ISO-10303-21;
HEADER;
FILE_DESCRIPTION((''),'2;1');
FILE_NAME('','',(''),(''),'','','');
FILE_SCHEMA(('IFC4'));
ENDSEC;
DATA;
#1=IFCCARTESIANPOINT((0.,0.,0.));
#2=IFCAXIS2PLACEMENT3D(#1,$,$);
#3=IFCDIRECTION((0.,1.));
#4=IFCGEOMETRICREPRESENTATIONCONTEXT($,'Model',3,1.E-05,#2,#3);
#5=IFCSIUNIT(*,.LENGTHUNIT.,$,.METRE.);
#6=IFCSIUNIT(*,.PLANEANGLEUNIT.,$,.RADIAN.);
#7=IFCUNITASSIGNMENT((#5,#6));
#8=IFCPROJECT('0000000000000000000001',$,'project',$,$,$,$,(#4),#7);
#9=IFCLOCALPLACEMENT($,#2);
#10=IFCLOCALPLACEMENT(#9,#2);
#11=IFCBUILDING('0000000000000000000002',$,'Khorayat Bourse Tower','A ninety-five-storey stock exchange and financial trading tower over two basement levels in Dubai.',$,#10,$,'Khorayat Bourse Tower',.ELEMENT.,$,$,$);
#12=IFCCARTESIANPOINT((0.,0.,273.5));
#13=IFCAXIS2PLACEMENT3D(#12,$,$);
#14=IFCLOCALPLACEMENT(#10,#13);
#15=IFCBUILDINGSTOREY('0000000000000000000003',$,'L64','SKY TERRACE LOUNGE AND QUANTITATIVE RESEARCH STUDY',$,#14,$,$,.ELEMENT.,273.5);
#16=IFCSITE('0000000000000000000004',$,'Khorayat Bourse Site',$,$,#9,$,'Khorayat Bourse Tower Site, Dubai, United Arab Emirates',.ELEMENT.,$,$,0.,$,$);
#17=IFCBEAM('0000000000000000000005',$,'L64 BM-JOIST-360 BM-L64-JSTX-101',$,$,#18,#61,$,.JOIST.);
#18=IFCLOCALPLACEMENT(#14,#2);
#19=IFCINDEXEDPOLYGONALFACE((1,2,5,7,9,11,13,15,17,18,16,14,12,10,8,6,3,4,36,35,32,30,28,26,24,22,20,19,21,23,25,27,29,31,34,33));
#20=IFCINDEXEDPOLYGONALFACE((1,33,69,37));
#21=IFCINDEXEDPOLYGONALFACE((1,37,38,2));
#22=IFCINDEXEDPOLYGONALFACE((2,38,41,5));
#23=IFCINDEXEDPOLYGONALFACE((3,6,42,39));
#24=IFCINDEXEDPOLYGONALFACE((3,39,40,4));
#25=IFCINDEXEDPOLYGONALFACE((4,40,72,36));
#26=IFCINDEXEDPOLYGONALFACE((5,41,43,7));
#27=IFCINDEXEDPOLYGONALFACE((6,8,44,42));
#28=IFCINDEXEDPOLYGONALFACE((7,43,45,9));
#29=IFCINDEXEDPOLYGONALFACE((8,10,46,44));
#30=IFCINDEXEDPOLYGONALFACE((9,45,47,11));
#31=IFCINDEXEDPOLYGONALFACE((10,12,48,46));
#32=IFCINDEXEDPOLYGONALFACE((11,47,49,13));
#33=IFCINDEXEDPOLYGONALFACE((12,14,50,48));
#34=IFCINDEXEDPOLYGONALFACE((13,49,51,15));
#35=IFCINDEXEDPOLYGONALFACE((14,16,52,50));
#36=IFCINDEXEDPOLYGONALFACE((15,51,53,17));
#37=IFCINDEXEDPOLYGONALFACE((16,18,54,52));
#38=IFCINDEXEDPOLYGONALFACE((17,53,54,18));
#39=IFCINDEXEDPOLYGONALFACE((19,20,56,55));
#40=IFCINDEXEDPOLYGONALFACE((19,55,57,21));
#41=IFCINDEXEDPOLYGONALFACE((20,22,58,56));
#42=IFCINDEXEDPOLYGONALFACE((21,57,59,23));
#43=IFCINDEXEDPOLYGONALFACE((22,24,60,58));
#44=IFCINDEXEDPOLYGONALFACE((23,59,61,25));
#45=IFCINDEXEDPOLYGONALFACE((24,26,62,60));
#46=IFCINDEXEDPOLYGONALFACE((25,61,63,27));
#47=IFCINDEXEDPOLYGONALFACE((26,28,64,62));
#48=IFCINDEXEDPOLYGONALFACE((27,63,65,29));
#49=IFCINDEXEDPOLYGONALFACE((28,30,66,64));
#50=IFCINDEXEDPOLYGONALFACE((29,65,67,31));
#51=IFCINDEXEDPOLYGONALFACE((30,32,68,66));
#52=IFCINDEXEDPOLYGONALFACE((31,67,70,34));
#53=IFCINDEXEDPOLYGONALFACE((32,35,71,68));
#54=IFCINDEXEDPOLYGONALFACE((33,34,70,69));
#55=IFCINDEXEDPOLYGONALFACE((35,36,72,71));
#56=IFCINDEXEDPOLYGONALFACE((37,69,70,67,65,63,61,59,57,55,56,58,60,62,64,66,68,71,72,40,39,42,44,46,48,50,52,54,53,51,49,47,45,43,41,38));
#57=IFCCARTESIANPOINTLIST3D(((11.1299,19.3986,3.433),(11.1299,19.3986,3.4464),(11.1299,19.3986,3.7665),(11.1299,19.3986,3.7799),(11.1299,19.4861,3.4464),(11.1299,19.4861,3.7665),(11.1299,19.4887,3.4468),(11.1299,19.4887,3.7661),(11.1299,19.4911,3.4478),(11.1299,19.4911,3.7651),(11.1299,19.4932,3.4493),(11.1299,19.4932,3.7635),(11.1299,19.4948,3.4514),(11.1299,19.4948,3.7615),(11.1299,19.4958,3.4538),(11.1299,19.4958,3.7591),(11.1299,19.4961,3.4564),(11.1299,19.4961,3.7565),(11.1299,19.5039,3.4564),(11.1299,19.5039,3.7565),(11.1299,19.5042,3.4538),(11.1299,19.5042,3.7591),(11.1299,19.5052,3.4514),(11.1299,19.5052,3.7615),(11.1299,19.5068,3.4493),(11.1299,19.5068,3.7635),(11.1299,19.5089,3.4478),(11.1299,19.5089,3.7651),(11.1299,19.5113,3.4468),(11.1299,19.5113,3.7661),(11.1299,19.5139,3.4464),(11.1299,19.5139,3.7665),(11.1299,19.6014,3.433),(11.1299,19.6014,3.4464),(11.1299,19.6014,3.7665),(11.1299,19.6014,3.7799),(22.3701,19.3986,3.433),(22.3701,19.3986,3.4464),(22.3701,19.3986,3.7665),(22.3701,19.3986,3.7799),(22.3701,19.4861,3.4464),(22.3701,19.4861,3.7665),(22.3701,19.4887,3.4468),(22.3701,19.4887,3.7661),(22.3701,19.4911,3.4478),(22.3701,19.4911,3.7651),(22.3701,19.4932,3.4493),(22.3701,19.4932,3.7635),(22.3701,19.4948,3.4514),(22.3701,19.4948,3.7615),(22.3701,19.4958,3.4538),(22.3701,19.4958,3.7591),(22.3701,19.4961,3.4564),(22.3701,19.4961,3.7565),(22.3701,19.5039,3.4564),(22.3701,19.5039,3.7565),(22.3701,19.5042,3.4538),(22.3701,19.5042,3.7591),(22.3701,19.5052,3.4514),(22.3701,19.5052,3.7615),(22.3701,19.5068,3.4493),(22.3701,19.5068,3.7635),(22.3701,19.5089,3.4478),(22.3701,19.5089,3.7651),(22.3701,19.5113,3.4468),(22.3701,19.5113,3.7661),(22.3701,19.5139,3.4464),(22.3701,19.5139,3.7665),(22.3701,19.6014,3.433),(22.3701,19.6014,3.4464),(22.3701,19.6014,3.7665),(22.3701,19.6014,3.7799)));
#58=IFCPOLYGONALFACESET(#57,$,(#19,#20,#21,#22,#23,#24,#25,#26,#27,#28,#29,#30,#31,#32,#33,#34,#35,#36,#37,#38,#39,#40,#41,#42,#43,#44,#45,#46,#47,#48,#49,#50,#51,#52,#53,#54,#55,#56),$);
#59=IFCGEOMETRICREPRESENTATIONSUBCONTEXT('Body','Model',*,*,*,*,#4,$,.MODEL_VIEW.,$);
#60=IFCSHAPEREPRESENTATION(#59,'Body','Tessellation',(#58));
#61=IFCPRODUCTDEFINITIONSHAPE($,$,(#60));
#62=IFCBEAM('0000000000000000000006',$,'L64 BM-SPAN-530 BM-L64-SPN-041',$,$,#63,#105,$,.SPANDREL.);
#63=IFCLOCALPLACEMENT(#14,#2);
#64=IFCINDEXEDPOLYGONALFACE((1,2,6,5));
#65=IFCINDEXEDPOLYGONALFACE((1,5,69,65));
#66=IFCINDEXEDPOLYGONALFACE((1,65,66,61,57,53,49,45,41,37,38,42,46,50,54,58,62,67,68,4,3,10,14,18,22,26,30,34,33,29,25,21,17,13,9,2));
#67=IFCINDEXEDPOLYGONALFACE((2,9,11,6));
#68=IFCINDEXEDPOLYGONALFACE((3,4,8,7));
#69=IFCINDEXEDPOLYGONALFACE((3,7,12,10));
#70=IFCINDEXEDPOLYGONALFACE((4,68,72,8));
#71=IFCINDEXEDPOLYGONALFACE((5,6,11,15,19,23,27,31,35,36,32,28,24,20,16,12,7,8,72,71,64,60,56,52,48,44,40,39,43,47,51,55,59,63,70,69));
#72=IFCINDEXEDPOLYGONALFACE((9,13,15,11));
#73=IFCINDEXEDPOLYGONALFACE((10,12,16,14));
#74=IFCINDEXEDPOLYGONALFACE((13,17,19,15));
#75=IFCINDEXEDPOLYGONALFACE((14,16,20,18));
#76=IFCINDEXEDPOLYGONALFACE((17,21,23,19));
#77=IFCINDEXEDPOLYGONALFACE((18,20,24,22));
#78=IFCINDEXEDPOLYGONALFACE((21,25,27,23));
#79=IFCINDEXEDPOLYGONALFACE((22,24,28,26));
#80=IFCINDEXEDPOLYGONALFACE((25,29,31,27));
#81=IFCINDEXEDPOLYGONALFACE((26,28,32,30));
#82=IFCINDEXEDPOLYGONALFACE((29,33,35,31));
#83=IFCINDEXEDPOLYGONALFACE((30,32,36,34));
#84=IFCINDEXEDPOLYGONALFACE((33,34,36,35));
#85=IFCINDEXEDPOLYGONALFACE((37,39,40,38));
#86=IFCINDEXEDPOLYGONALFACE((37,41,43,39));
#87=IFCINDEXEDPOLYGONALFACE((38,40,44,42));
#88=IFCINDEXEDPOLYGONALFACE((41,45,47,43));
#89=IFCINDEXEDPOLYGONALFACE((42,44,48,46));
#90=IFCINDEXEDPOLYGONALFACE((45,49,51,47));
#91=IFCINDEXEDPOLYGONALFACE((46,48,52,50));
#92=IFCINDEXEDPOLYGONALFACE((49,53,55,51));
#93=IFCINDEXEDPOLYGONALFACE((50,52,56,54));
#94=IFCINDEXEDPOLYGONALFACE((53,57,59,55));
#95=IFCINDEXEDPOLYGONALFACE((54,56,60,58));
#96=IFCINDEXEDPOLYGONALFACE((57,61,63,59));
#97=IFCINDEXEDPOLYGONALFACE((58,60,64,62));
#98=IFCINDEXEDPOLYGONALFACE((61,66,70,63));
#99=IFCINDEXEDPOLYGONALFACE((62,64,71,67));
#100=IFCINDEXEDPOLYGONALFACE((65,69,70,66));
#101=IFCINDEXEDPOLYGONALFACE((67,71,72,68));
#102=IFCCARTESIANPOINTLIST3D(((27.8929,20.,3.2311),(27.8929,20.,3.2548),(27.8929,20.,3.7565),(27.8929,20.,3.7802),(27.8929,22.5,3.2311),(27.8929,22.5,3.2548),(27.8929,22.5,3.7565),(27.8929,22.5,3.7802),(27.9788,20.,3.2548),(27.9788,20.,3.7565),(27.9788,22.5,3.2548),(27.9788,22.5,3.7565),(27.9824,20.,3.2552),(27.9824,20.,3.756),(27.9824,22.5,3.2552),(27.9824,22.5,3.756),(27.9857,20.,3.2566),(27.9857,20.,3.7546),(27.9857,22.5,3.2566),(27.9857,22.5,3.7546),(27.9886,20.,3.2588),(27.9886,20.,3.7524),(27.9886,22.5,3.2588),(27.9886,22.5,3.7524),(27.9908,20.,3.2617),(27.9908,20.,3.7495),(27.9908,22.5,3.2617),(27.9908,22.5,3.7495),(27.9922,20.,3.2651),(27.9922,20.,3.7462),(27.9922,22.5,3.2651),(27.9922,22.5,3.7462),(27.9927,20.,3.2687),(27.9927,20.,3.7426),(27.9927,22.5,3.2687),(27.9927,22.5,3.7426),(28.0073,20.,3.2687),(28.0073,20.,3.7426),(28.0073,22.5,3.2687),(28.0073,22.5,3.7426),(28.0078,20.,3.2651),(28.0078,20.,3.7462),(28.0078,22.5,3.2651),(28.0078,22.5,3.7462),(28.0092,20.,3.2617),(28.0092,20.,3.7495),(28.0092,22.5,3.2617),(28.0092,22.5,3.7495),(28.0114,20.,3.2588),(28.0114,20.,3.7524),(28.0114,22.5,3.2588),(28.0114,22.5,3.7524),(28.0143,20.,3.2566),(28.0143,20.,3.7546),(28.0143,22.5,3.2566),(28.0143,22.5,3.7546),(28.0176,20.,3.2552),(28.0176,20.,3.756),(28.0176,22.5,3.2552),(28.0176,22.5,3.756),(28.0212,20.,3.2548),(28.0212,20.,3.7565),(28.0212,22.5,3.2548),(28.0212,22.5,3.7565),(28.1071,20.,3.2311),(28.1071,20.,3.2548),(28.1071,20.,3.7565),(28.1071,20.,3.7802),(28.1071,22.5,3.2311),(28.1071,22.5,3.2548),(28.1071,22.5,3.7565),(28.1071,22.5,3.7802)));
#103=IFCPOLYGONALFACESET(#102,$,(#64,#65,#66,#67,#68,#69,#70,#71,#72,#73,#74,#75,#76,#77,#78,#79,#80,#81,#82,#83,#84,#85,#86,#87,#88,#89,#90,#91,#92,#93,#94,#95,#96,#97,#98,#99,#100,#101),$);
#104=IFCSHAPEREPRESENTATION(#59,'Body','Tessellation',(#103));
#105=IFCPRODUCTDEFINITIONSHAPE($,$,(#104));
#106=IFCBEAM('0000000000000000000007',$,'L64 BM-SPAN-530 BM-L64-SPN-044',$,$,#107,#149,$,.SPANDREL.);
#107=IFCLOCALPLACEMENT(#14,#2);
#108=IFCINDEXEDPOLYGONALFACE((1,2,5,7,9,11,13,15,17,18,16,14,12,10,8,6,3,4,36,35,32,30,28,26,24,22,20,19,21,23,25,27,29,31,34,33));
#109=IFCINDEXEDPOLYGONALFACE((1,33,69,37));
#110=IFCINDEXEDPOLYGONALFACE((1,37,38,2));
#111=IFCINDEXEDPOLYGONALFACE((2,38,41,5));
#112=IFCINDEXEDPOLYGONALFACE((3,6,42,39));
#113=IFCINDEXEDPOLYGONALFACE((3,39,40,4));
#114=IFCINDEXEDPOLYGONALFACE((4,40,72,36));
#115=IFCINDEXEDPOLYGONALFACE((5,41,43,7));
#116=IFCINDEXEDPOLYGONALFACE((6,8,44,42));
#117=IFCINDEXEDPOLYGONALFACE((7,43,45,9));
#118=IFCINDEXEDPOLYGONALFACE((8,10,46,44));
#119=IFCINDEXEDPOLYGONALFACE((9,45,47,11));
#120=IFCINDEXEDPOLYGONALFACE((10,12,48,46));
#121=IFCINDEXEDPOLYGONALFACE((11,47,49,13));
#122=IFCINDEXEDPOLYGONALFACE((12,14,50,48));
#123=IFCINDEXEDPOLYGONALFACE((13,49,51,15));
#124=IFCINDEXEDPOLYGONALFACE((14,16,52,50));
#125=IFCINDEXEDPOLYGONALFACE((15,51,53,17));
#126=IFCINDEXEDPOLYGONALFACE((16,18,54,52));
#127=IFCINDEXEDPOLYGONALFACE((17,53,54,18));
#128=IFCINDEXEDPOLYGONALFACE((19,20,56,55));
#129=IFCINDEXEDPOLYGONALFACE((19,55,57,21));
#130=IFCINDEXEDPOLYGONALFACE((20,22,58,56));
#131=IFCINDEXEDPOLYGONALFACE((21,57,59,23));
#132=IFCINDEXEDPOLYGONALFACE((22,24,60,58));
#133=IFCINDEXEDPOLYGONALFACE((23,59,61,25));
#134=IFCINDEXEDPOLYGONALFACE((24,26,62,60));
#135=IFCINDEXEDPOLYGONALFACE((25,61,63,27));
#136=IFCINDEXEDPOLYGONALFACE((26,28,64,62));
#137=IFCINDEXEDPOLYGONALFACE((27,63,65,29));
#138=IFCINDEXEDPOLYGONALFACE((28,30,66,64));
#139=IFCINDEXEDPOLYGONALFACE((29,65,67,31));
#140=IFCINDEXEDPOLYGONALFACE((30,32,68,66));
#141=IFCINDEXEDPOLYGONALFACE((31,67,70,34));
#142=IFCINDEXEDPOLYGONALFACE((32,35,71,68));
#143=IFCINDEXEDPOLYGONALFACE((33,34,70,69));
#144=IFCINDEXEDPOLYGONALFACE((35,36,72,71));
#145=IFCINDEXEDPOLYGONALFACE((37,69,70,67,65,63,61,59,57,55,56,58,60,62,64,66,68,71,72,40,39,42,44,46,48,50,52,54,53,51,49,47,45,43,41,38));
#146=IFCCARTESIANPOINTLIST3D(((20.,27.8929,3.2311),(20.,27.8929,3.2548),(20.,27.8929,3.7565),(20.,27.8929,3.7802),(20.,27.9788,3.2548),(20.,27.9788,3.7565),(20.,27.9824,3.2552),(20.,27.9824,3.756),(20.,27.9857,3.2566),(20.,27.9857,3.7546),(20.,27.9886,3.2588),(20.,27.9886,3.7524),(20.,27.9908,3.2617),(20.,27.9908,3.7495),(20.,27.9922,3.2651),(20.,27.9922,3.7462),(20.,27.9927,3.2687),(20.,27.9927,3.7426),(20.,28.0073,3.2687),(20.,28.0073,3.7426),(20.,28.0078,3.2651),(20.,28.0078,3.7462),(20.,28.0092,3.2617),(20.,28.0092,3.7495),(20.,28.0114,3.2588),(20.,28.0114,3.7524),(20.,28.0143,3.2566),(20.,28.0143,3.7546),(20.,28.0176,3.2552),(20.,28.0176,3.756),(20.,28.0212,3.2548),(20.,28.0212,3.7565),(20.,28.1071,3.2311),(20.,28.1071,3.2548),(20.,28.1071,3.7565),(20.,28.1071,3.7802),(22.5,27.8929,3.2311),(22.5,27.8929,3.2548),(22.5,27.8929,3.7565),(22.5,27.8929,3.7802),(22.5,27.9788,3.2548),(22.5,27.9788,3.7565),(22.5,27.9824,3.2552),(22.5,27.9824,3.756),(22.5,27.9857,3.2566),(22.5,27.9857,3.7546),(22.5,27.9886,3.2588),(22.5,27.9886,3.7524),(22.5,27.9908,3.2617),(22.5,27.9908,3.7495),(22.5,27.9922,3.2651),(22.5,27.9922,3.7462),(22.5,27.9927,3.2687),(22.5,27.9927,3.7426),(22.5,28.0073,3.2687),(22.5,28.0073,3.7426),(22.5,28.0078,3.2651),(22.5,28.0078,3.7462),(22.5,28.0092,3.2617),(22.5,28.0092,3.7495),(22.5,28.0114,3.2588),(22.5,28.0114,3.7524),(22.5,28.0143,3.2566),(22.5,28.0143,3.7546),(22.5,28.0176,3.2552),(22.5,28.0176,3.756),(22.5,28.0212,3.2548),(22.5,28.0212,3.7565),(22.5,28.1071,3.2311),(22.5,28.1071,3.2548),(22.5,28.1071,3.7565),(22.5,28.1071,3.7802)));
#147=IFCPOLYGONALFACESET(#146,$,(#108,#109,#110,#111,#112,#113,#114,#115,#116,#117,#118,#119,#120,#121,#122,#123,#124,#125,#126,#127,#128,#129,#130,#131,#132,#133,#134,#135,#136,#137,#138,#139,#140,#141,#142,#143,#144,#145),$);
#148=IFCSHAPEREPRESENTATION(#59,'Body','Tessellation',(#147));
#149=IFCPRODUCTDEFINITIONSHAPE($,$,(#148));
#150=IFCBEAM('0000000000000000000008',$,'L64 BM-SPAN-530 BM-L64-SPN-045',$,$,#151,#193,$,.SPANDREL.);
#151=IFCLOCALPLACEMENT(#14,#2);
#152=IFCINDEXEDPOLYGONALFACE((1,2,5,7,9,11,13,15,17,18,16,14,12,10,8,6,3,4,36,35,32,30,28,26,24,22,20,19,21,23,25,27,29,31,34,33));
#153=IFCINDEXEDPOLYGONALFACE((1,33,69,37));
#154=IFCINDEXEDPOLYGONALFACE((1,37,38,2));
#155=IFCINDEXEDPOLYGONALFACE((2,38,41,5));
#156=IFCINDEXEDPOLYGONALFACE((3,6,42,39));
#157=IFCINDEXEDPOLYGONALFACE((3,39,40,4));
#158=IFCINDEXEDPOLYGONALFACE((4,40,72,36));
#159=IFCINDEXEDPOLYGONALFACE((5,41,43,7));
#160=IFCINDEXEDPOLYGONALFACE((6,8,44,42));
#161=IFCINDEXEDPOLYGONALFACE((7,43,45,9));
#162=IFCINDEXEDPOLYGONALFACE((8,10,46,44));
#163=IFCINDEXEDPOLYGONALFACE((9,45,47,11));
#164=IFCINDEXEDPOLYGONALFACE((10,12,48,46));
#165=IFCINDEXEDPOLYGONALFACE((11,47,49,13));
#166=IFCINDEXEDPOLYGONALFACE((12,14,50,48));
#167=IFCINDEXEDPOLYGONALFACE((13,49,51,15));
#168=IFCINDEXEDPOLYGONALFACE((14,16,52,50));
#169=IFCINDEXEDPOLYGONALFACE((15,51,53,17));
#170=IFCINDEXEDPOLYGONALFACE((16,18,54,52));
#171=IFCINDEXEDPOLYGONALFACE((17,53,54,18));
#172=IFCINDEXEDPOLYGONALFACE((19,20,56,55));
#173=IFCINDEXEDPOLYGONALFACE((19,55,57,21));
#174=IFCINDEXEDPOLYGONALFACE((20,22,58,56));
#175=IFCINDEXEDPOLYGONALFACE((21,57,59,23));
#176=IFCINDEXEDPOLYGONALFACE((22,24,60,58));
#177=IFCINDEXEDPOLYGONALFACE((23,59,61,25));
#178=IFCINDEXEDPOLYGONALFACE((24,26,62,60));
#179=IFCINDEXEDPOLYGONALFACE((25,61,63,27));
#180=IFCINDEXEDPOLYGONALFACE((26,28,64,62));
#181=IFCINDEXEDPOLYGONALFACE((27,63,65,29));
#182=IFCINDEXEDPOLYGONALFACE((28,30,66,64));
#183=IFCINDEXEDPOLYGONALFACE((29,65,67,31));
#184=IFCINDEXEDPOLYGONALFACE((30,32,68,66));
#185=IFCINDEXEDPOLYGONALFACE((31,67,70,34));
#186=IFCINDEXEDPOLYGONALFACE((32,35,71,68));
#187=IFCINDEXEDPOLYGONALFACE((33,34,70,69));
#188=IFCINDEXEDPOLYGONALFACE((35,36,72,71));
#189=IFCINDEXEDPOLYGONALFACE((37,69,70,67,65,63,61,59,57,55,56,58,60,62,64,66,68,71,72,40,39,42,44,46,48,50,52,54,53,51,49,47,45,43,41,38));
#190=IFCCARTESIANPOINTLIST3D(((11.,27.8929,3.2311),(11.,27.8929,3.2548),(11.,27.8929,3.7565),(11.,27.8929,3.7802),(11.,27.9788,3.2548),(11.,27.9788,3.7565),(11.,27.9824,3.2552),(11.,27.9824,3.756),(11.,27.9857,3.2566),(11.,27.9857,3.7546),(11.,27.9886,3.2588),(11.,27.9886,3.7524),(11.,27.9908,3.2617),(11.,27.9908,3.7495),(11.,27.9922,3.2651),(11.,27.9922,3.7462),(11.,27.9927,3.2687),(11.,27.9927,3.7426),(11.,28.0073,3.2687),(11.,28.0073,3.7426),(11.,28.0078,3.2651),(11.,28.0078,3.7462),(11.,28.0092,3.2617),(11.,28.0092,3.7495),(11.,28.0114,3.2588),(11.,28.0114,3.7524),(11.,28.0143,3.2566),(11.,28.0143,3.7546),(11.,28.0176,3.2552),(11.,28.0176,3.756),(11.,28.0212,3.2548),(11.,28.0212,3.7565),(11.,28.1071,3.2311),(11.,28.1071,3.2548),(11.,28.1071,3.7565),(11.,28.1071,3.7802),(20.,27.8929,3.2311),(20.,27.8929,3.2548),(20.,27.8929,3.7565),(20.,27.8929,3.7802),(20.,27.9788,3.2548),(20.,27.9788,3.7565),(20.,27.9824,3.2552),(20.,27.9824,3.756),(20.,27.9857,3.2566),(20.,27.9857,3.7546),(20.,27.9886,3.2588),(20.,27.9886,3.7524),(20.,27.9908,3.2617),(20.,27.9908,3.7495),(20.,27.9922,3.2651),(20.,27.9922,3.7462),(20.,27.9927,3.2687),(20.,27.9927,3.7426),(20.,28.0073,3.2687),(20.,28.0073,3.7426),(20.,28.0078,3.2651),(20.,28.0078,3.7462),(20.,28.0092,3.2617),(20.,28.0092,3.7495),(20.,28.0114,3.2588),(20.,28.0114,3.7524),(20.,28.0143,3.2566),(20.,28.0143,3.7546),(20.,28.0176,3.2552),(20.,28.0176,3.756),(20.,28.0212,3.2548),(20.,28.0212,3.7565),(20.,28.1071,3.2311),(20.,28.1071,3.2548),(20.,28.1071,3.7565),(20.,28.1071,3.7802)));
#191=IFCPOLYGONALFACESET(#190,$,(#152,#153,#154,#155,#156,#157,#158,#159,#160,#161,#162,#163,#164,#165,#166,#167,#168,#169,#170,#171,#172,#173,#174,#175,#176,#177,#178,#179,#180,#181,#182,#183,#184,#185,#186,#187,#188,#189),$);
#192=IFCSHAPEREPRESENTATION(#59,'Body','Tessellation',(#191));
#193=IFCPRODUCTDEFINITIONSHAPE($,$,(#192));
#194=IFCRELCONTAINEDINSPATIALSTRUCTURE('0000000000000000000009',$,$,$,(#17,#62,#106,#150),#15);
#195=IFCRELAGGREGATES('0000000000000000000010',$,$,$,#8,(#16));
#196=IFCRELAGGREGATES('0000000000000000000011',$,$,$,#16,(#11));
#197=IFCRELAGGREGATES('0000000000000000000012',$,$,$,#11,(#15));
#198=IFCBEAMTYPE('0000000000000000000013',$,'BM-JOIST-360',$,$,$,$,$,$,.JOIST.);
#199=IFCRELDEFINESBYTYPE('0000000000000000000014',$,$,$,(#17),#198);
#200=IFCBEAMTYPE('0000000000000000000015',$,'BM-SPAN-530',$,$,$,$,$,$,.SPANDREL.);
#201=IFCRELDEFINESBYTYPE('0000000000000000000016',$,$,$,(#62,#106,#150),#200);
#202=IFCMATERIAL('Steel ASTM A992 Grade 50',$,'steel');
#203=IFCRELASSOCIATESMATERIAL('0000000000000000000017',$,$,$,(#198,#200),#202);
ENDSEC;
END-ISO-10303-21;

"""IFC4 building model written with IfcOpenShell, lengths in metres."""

from ifc_helpers import new_model, si_unit, direction, frame, origin, origin_2d, place, context, subcontext, project, spatial, i_section, extrude, source, transform, mapped, material, material_profile, profile_set, type_object, element, save


model = new_model("IFC4")

# Units and contexts
model_context = context("Model", 3, precision=1e-05, world=origin(), true_north=direction((0.0, 1.0)))
body_context = subcontext(model_context, "Body", "Model", "MODEL_VIEW")
ifc_project = project(units=[si_unit("LENGTHUNIT", "METRE"), si_unit("PLANEANGLEUNIT", "RADIAN")], contexts=[model_context])

# Site, building, storey
site_placement = place(None, origin())
site = spatial("IfcSite", under=ifc_project, at=site_placement, Name="Khorayat Bourse Site", LongName="Khorayat Bourse Tower Site, Dubai, United Arab Emirates", CompositionType="ELEMENT", RefElevation=0.0)
building_placement = place(site_placement, origin())
building = spatial("IfcBuilding", under=site, at=building_placement, Name="Khorayat Bourse Tower", Description="A ninety-five-storey stock exchange and financial trading tower over two basement levels in Dubai.", LongName="Khorayat Bourse Tower", CompositionType="ELEMENT")
storey_placement = place(building_placement, frame((0.0, 0.0, 273.5)))
storey = spatial("IfcBuildingStorey", under=building, at=storey_placement, Name="L64", Description="SKY TERRACE LOUNGE AND QUANTITATIVE RESEARCH STUDY", CompositionType="ELEMENT", Elevation=273.5)

# Beams
ifc_material_1 = material(Name="Steel ASTM A992 Grade 50", Category="steel")
ifc_material_profile_1 = material_profile(ifc_material_1, i_section(OverallWidth=0.2029, OverallDepth=0.3469, WebThickness=0.0078, FlangeThickness=0.0134, FilletRadius=0.01, at=origin_2d()), Name="W360X64")
ifc_profile_set_1 = profile_set([ifc_material_profile_1], Name="Steel ASTM A992 Grade 50")
beam_type_1 = type_object("IfcBeamType", Name="BM-JOIST-360", PredefinedType="JOIST", material=ifc_profile_set_1)
shared_shape_1 = source(origin(), body_context, "Body", "SweptSolid", [
    extrude(i_section(OverallWidth=0.2029, OverallDepth=0.3469, WebThickness=0.0078, FlangeThickness=0.0134, FilletRadius=0.01, at=origin_2d()), origin(), (0.0, 0.0, 1.0), 11.2402),
])
beam_1_placement = place(storey_placement, frame((11.1299, 19.5, 3.6064), z_axis=(1.0, 0.0, 0.0), x_axis=(0.0, 1.0, 0.0)))
element("IfcBeam", 1, at=beam_1_placement, inside=storey, type_object=beam_type_1, Name="L64 BM-JOIST-360 BM-L64-JSTX-101", PredefinedType="JOIST", context=body_context, shape_type="MappedRepresentation", body=[
    mapped(shared_shape_1, transform((0.0, 0.0, 0.0), scale=1.0)),
])
ifc_material_profile_2 = material_profile(ifc_material_1, i_section(OverallWidth=0.2141, OverallDepth=0.5491, WebThickness=0.0146, FlangeThickness=0.0237, FilletRadius=0.0139, at=origin_2d()), Name="W530X138")
ifc_profile_set_2 = profile_set([ifc_material_profile_2], Name="Steel ASTM A992 Grade 50")
beam_type_2 = type_object("IfcBeamType", Name="BM-SPAN-530", PredefinedType="SPANDREL", material=ifc_profile_set_2)
shared_shape_2 = source(origin(), body_context, "Body", "SweptSolid", [
    extrude(i_section(OverallWidth=0.2141, OverallDepth=0.5491, WebThickness=0.0146, FlangeThickness=0.0237, FilletRadius=0.0139, at=origin_2d()), origin(), (0.0, 0.0, 1.0), 2.5),
])
for number, where, z_axis, x_axis, name in (
    (2, (28.0, 20.0, 3.5056), (0.0, 1.0, 0.0), (-1.0, 0.0, 0.0), "L64 BM-SPAN-530 BM-L64-SPN-041"),
    (3, (20.0, 28.0, 3.5056), (1.0, 0.0, 0.0), (0.0, 1.0, 0.0), "L64 BM-SPAN-530 BM-L64-SPN-044"),
):
    element("IfcBeam", number, at=place(storey_placement, frame(where, z_axis=z_axis, x_axis=x_axis)), inside=storey, type_object=beam_type_2, Name=name, PredefinedType="SPANDREL", context=body_context, shape_type="MappedRepresentation", body=[
        mapped(shared_shape_2, transform((0.0, 0.0, 0.0), scale=1.0)),
    ])
shared_shape_3 = source(origin(), body_context, "Body", "SweptSolid", [
    extrude(i_section(OverallWidth=0.2141, OverallDepth=0.5491, WebThickness=0.0146, FlangeThickness=0.0237, FilletRadius=0.0139, at=origin_2d()), origin(), (0.0, 0.0, 1.0), 9.0),
])
beam_2_placement = place(storey_placement, frame((11.0, 28.0, 3.5056), z_axis=(1.0, 0.0, 0.0), x_axis=(0.0, 1.0, 0.0)))
element("IfcBeam", 4, at=beam_2_placement, inside=storey, type_object=beam_type_2, Name="L64 BM-SPAN-530 BM-L64-SPN-045", PredefinedType="SPANDREL", context=body_context, shape_type="MappedRepresentation", body=[
    mapped(shared_shape_3, transform((0.0, 0.0, 0.0), scale=1.0)),
])

save(model, "model.ifc")
